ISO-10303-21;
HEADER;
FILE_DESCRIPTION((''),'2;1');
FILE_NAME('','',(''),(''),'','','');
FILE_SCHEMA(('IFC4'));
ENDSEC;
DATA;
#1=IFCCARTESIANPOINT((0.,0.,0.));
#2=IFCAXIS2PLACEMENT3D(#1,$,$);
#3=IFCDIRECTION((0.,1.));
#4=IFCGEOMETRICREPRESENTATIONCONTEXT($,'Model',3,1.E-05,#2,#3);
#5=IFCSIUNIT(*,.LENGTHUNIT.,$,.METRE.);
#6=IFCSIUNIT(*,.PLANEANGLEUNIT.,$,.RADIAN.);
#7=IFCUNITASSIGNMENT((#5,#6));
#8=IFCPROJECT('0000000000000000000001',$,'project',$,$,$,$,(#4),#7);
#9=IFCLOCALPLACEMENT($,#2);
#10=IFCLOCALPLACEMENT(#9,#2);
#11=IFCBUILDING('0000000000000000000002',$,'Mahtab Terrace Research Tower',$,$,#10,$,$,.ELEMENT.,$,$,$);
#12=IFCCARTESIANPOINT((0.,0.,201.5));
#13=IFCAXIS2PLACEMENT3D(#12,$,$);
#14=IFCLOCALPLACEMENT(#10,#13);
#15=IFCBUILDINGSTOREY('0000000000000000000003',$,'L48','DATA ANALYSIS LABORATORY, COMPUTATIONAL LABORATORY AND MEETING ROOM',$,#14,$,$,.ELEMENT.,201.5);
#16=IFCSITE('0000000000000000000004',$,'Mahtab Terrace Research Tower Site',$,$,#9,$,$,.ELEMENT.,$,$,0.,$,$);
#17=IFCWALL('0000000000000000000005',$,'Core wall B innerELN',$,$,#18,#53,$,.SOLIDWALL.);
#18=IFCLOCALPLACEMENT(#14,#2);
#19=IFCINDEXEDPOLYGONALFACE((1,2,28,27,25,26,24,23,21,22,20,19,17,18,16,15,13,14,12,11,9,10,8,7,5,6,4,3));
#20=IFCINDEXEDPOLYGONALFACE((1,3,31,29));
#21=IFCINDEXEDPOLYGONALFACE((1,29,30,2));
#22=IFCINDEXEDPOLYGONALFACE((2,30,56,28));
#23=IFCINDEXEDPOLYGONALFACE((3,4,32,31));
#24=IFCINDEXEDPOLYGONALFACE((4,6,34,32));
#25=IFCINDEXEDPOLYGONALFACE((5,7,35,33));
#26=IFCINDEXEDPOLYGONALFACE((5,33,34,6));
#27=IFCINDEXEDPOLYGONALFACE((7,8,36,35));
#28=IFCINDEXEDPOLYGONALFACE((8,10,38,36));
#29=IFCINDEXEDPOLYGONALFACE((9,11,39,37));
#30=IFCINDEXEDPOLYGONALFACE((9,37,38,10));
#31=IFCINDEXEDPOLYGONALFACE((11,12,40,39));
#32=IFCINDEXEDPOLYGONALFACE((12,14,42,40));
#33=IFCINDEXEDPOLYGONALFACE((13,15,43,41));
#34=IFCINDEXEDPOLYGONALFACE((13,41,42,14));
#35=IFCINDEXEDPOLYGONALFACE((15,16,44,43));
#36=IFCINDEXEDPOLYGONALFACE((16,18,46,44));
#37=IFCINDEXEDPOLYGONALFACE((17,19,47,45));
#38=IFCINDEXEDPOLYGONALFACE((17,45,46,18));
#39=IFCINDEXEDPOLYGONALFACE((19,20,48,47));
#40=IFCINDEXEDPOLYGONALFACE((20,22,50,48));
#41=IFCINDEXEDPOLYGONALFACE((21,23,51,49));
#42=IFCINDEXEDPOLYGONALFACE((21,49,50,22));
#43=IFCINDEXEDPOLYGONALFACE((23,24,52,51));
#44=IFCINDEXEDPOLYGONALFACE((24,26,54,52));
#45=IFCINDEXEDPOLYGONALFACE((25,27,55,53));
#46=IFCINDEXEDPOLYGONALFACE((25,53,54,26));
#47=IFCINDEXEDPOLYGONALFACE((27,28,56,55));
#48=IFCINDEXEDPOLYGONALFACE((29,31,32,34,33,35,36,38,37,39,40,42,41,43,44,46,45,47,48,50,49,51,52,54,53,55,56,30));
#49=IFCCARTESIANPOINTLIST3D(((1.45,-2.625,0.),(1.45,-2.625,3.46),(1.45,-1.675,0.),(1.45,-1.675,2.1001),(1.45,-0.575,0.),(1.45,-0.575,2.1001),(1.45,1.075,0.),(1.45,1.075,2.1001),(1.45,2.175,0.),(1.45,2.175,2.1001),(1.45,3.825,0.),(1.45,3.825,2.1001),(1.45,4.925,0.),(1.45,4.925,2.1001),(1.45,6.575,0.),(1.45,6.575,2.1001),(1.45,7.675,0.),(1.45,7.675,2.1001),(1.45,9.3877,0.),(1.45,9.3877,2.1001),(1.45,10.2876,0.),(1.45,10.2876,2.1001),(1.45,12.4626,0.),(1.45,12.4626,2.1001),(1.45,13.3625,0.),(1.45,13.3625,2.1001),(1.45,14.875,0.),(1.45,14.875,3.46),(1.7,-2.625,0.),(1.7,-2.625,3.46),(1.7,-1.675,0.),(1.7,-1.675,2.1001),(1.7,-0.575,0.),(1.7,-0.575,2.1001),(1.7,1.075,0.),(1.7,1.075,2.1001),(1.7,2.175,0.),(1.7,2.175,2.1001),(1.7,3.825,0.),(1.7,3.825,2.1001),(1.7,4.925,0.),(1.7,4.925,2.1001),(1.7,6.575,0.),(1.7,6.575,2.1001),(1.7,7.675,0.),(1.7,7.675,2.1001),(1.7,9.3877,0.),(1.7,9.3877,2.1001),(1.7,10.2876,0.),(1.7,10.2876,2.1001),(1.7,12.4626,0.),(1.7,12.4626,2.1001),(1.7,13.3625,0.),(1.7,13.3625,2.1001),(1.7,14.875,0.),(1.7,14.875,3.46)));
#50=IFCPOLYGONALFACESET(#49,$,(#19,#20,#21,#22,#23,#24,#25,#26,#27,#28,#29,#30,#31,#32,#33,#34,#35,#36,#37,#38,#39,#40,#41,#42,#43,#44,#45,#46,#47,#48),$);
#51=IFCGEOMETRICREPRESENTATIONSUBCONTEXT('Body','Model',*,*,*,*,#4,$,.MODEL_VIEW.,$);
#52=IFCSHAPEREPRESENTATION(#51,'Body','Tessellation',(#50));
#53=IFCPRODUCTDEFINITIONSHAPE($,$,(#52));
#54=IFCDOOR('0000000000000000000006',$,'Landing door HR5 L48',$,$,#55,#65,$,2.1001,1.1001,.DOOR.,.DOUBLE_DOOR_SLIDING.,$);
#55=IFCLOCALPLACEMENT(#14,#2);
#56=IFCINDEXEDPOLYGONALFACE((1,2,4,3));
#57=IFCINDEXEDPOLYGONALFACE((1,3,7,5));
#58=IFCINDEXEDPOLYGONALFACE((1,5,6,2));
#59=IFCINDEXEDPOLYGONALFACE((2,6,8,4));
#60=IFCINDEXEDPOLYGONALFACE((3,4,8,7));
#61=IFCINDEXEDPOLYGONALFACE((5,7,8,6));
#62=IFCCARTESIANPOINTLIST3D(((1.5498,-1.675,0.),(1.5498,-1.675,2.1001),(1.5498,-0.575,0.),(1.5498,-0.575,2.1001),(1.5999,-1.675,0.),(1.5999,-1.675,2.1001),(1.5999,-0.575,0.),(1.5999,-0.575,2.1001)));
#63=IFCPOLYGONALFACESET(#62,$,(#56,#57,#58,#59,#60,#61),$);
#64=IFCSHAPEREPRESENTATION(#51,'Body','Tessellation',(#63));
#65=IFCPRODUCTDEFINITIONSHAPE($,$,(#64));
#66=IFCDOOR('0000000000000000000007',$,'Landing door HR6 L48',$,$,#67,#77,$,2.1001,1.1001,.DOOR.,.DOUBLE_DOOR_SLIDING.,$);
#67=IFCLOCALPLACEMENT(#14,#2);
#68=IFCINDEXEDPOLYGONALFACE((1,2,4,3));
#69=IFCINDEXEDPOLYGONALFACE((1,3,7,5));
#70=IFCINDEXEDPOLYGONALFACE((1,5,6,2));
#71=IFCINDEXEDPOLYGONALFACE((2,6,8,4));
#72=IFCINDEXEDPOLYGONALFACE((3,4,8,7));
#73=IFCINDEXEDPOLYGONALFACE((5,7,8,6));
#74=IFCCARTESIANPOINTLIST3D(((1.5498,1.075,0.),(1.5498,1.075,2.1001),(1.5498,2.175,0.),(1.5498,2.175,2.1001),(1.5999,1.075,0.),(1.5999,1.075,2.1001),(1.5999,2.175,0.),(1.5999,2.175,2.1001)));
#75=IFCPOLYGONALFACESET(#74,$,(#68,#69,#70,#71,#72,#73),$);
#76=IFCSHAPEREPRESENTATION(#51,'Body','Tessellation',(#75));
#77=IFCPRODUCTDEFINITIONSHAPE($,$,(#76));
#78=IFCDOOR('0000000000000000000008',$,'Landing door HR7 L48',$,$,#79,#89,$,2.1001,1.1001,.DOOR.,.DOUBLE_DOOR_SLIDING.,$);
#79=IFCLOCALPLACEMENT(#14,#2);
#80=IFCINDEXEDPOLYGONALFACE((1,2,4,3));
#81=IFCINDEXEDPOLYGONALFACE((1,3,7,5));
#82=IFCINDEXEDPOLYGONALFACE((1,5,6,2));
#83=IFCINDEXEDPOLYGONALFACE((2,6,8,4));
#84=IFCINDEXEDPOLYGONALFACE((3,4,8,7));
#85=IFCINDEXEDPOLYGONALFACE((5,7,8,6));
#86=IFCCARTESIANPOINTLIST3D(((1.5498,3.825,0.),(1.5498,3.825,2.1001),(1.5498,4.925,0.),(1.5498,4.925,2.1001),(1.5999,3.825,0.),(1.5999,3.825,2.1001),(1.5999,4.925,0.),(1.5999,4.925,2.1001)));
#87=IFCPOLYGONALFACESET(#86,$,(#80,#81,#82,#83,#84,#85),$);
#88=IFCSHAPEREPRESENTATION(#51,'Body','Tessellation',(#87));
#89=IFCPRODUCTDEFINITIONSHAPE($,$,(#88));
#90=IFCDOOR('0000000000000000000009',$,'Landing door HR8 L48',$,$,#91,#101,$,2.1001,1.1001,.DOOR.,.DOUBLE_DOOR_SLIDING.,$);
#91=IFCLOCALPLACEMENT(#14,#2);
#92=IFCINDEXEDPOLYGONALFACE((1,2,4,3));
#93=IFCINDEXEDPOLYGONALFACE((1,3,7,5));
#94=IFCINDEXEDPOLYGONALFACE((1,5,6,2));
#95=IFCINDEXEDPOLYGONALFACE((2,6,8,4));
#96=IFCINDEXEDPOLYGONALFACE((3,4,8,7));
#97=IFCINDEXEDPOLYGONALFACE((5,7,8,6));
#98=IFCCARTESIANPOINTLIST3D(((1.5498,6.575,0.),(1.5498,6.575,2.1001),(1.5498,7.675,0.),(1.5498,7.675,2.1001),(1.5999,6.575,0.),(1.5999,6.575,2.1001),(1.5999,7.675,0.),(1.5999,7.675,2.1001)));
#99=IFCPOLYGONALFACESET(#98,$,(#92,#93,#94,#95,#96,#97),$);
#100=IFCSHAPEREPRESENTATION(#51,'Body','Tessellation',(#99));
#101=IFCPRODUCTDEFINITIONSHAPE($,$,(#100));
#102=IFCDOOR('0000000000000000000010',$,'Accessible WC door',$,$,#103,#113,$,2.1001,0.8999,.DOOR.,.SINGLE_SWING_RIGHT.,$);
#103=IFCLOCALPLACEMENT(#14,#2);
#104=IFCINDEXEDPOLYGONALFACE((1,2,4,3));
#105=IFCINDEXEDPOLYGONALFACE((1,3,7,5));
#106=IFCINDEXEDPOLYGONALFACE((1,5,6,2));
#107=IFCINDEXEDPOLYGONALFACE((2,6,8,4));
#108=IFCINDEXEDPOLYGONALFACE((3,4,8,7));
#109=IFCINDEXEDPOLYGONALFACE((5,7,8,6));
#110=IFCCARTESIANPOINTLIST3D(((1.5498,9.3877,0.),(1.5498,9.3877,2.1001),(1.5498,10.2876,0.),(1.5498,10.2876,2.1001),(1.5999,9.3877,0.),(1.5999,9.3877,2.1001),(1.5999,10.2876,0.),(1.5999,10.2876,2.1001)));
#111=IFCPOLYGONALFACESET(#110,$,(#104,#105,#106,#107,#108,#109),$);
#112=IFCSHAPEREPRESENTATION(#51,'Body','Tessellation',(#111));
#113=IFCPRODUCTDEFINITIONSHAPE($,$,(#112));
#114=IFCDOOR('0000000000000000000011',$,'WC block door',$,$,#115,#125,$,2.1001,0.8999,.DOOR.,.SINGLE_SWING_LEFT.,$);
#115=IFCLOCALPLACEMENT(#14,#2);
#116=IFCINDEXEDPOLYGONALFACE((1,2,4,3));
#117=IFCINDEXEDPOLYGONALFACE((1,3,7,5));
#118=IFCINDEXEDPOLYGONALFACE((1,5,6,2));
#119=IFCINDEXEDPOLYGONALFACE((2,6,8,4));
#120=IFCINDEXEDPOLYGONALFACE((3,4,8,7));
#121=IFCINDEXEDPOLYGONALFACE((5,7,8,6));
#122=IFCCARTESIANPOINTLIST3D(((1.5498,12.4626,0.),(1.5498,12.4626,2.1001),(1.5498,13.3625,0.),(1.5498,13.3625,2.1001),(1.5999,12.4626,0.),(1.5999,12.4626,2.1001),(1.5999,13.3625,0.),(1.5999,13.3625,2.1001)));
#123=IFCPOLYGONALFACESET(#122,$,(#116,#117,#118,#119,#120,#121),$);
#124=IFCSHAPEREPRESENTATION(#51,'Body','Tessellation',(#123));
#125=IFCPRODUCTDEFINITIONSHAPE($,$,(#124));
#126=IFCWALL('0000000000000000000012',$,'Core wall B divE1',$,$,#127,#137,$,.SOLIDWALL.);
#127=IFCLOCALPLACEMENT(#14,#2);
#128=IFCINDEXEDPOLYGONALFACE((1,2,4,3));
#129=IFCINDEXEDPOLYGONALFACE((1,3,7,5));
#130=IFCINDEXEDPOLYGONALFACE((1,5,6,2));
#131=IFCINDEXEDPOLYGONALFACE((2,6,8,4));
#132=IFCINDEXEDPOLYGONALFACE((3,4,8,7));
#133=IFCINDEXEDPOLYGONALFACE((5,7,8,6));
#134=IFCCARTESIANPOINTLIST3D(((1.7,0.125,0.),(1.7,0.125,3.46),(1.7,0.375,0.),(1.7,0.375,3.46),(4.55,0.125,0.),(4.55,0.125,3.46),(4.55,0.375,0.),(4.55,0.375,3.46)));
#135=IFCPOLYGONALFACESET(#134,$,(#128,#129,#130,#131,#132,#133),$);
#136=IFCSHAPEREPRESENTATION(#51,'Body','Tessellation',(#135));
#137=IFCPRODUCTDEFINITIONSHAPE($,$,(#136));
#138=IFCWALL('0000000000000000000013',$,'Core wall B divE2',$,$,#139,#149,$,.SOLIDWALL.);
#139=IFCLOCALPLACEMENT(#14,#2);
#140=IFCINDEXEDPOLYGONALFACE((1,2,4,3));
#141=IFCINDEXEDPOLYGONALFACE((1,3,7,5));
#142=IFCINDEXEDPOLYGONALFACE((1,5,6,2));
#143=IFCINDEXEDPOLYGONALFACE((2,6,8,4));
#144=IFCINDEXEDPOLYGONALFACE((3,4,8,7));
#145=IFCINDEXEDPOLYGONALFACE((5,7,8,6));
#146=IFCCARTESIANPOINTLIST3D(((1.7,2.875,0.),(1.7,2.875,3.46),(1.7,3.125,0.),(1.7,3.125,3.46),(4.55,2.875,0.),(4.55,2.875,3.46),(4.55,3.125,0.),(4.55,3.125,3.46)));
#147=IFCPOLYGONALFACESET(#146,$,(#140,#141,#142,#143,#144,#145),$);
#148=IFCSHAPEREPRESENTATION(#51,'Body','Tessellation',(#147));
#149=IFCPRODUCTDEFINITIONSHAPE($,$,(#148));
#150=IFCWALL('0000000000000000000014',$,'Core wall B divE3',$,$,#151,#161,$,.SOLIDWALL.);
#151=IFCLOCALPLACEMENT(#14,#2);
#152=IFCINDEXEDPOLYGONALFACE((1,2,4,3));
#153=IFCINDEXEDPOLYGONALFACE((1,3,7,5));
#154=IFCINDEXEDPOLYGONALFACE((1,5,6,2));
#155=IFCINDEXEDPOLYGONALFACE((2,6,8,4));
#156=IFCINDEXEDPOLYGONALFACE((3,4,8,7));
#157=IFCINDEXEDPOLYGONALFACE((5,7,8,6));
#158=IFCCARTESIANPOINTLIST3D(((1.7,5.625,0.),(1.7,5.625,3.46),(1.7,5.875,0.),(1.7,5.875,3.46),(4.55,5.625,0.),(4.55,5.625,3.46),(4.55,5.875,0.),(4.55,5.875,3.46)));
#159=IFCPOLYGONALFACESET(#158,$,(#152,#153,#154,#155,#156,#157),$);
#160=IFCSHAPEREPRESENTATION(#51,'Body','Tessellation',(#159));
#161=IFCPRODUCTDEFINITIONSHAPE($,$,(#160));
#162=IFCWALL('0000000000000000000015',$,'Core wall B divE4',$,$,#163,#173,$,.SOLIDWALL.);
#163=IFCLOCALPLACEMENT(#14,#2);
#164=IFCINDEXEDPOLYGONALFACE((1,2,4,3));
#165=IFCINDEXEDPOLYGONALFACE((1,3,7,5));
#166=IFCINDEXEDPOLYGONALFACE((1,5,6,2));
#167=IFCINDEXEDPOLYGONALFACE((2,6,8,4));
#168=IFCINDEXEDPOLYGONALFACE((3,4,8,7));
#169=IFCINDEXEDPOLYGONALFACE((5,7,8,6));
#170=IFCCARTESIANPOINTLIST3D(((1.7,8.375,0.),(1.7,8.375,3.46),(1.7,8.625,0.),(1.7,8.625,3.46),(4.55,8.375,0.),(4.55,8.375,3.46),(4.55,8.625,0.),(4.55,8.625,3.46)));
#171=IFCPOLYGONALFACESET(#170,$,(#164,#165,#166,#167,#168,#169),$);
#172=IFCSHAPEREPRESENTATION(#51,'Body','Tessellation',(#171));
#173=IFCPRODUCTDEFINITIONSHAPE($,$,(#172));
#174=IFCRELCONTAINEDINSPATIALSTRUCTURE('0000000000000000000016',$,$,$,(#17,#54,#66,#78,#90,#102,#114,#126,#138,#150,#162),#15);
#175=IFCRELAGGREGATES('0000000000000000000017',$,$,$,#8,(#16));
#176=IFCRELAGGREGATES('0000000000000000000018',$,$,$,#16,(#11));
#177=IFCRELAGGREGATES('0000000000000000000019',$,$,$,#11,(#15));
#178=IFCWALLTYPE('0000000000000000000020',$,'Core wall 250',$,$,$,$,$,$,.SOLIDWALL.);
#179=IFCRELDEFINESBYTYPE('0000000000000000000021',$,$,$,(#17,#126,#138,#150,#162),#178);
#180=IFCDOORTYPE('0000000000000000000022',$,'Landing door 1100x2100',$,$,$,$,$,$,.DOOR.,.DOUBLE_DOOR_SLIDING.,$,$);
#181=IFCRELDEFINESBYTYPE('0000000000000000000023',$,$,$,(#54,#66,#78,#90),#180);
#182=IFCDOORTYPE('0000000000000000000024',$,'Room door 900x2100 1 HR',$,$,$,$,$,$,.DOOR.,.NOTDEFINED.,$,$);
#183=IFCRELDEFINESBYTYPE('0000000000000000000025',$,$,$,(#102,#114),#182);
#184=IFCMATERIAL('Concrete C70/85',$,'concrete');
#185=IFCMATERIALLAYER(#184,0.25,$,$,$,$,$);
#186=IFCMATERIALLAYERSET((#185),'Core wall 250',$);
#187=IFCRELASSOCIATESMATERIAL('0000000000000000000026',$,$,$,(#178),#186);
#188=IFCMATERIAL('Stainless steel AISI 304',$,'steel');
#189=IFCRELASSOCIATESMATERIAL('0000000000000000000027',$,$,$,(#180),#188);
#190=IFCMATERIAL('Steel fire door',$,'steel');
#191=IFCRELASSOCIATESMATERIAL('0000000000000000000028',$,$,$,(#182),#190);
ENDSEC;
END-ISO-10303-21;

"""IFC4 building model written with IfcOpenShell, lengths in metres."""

from ifc_helpers import new_model, si_unit, direction, frame, frame_2d, origin, place, context, subcontext, project, spatial, rectangle, extrude, material, layer, layer_set, type_object, element, fill, save


model = new_model("IFC4")

# Units and contexts
model_context = context("Model", 3, precision=1e-05, world=origin(), true_north=direction((0.0, 1.0)))
body_context = subcontext(model_context, "Body", "Model", "MODEL_VIEW")
ifc_project = project(units=[si_unit("LENGTHUNIT", "METRE"), si_unit("PLANEANGLEUNIT", "RADIAN")], contexts=[model_context])

# Site, building, storey
site_placement = place(None, origin())
site = spatial("IfcSite", under=ifc_project, at=site_placement, Name="Mahtab Terrace Research Tower Site", CompositionType="ELEMENT", RefElevation=0.0)
building_placement = place(site_placement, origin())
building = spatial("IfcBuilding", under=site, at=building_placement, Name="Mahtab Terrace Research Tower", CompositionType="ELEMENT")
storey_placement = place(building_placement, frame((0.0, 0.0, 201.5)))
storey = spatial("IfcBuildingStorey", under=building, at=storey_placement, Name="L48", Description="DATA ANALYSIS LABORATORY, COMPUTATIONAL LABORATORY AND MEETING ROOM", CompositionType="ELEMENT", Elevation=201.5)

# Shared definitions
ifc_material_1 = material(Name="Concrete C70/85", Category="concrete")

# Wall, openings, doors
ifc_layer_1 = layer(ifc_material_1, 0.25)
ifc_layer_set_1 = layer_set([ifc_layer_1], Name="Core wall 250")
wall_type_1 = type_object("IfcWallType", Name="Core wall 250", PredefinedType="SOLIDWALL", material=ifc_layer_set_1)
wall_1_placement = place(storey_placement, frame((1.575, 14.875, 0.0), z_axis=(0.0, 0.0, 1.0), x_axis=(0.0, -1.0, 0.0)))
wall_1 = element("IfcWall", 1, at=wall_1_placement, inside=storey, type_object=wall_type_1, Name="Core wall B innerELN", PredefinedType="SOLIDWALL", context=body_context, shape_type="SweptSolid", body=[
    extrude(rectangle(XDim=17.5, YDim=0.25, at=frame_2d((8.75, 0.0))), origin(), (0.0, 0.0, 1.0), 3.46),
])
opening_1_placement = place(wall_1_placement, frame((15.45, 0.0, 0.0)))
opening_1 = element("IfcOpeningElement", 2, at=opening_1_placement, cuts=wall_1, PredefinedType="OPENING", context=body_context, shape_type="SweptSolid", body=[
    extrude(rectangle(XDim=1.1001, YDim=2.1001, at=frame_2d((0.55, 1.05))), frame((0.0, 0.135, 0.0), z_axis=(0.0, -1.0, 0.0), x_axis=(1.0, 0.0, 0.0)), (0.0, 0.0, 1.0), 0.27),
])
opening_2_placement = place(wall_1_placement, frame((12.7, 0.0, 0.0)))
opening_2 = element("IfcOpeningElement", 3, at=opening_2_placement, cuts=wall_1, PredefinedType="OPENING", context=body_context, shape_type="SweptSolid", body=[
    extrude(rectangle(XDim=1.1001, YDim=2.1001, at=frame_2d((0.55, 1.05))), frame((0.0, 0.135, 0.0), z_axis=(0.0, -1.0, 0.0), x_axis=(1.0, 0.0, 0.0)), (0.0, 0.0, 1.0), 0.27),
])
opening_3_placement = place(wall_1_placement, frame((9.95, 0.0, 0.0)))
opening_3 = element("IfcOpeningElement", 4, at=opening_3_placement, cuts=wall_1, PredefinedType="OPENING", context=body_context, shape_type="SweptSolid", body=[
    extrude(rectangle(XDim=1.1001, YDim=2.1001, at=frame_2d((0.55, 1.05))), frame((0.0, 0.135, 0.0), z_axis=(0.0, -1.0, 0.0), x_axis=(1.0, 0.0, 0.0)), (0.0, 0.0, 1.0), 0.27),
])
opening_4_placement = place(wall_1_placement, frame((7.2, 0.0, 0.0)))
opening_4 = element("IfcOpeningElement", 5, at=opening_4_placement, cuts=wall_1, PredefinedType="OPENING", context=body_context, shape_type="SweptSolid", body=[
    extrude(rectangle(XDim=1.1001, YDim=2.1001, at=frame_2d((0.55, 1.05))), frame((0.0, 0.135, 0.0), z_axis=(0.0, -1.0, 0.0), x_axis=(1.0, 0.0, 0.0)), (0.0, 0.0, 1.0), 0.27),
])
opening_5_placement = place(wall_1_placement, frame((4.5874, 0.0, 0.0)))
opening_5 = element("IfcOpeningElement", 6, at=opening_5_placement, cuts=wall_1, PredefinedType="OPENING", context=body_context, shape_type="SweptSolid", body=[
    extrude(rectangle(XDim=0.8999, YDim=2.1001, at=frame_2d((0.45, 1.05))), frame((0.0, 0.135, 0.0), z_axis=(0.0, -1.0, 0.0), x_axis=(1.0, 0.0, 0.0)), (0.0, 0.0, 1.0), 0.27),
])
opening_6_placement = place(wall_1_placement, frame((1.5125, 0.0, 0.0)))
opening_6 = element("IfcOpeningElement", 7, at=opening_6_placement, cuts=wall_1, PredefinedType="OPENING", context=body_context, shape_type="SweptSolid", body=[
    extrude(rectangle(XDim=0.8999, YDim=2.1001, at=frame_2d((0.45, 1.05))), frame((0.0, 0.135, 0.0), z_axis=(0.0, -1.0, 0.0), x_axis=(1.0, 0.0, 0.0)), (0.0, 0.0, 1.0), 0.27),
])
ifc_material_2 = material(Name="Stainless steel AISI 304", Category="steel")
door_type_1 = type_object("IfcDoorType", Name="Landing door 1100x2100", OperationType="DOUBLE_DOOR_SLIDING", PredefinedType="DOOR", material=ifc_material_2)
door_1_placement = place(opening_1_placement, origin())
door_1 = element("IfcDoor", 8, at=door_1_placement, inside=storey, type_object=door_type_1, Name="Landing door HR5 L48", OperationType="DOUBLE_DOOR_SLIDING", OverallHeight=2.1001, OverallWidth=1.1001, PredefinedType="DOOR", context=body_context, shape_type="SweptSolid", body=[
    extrude(rectangle(XDim=1.1001, YDim=2.1001, at=frame_2d((0.55, 1.05))), frame((0.0, 0.0249, 0.0), z_axis=(0.0, -1.0, 0.0), x_axis=(1.0, 0.0, 0.0)), (0.0, 0.0, 1.0), 0.05),
])
fill(opening_1, door_1)
door_2_placement = place(opening_2_placement, origin())
door_2 = element("IfcDoor", 9, at=door_2_placement, inside=storey, type_object=door_type_1, Name="Landing door HR6 L48", OperationType="DOUBLE_DOOR_SLIDING", OverallHeight=2.1001, OverallWidth=1.1001, PredefinedType="DOOR", context=body_context, shape_type="SweptSolid", body=[
    extrude(rectangle(XDim=1.1001, YDim=2.1001, at=frame_2d((0.55, 1.05))), frame((0.0, 0.0249, 0.0), z_axis=(0.0, -1.0, 0.0), x_axis=(1.0, 0.0, 0.0)), (0.0, 0.0, 1.0), 0.05),
])
fill(opening_2, door_2)
door_3_placement = place(opening_3_placement, origin())
door_3 = element("IfcDoor", 10, at=door_3_placement, inside=storey, type_object=door_type_1, Name="Landing door HR7 L48", OperationType="DOUBLE_DOOR_SLIDING", OverallHeight=2.1001, OverallWidth=1.1001, PredefinedType="DOOR", context=body_context, shape_type="SweptSolid", body=[
    extrude(rectangle(XDim=1.1001, YDim=2.1001, at=frame_2d((0.55, 1.05))), frame((0.0, 0.0249, 0.0), z_axis=(0.0, -1.0, 0.0), x_axis=(1.0, 0.0, 0.0)), (0.0, 0.0, 1.0), 0.05),
])
fill(opening_3, door_3)
door_4_placement = place(opening_4_placement, origin())
door_4 = element("IfcDoor", 11, at=door_4_placement, inside=storey, type_object=door_type_1, Name="Landing door HR8 L48", OperationType="DOUBLE_DOOR_SLIDING", OverallHeight=2.1001, OverallWidth=1.1001, PredefinedType="DOOR", context=body_context, shape_type="SweptSolid", body=[
    extrude(rectangle(XDim=1.1001, YDim=2.1001, at=frame_2d((0.55, 1.05))), frame((0.0, 0.0249, 0.0), z_axis=(0.0, -1.0, 0.0), x_axis=(1.0, 0.0, 0.0)), (0.0, 0.0, 1.0), 0.05),
])
fill(opening_4, door_4)
ifc_material_3 = material(Name="Steel fire door", Category="steel")
door_type_2 = type_object("IfcDoorType", Name="Room door 900x2100 1 HR", OperationType="NOTDEFINED", PredefinedType="DOOR", material=ifc_material_3)
door_5_placement = place(opening_5_placement, origin())
door_5 = element("IfcDoor", 12, at=door_5_placement, inside=storey, type_object=door_type_2, Name="Accessible WC door", OperationType="SINGLE_SWING_RIGHT", OverallHeight=2.1001, OverallWidth=0.8999, PredefinedType="DOOR", context=body_context, shape_type="SweptSolid", body=[
    extrude(rectangle(XDim=0.8999, YDim=2.1001, at=frame_2d((0.45, 1.05))), frame((0.0, 0.0249, 0.0), z_axis=(0.0, -1.0, 0.0), x_axis=(1.0, 0.0, 0.0)), (0.0, 0.0, 1.0), 0.05),
])
fill(opening_5, door_5)
door_6_placement = place(opening_6_placement, origin())
door_6 = element("IfcDoor", 13, at=door_6_placement, inside=storey, type_object=door_type_2, Name="WC block door", OperationType="SINGLE_SWING_LEFT", OverallHeight=2.1001, OverallWidth=0.8999, PredefinedType="DOOR", context=body_context, shape_type="SweptSolid", body=[
    extrude(rectangle(XDim=0.8999, YDim=2.1001, at=frame_2d((0.45, 1.05))), frame((0.0, 0.0249, 0.0), z_axis=(0.0, -1.0, 0.0), x_axis=(1.0, 0.0, 0.0)), (0.0, 0.0, 1.0), 0.05),
])
fill(opening_6, door_6)

# Walls
for number, where, z_axis, x_axis, name in (
    (14, (1.7, 0.25, 0.0), (0.0, 0.0, 1.0), (1.0, 0.0, 0.0), "Core wall B divE1"),
    (15, (1.7, 3.0, 0.0), (0.0, 0.0, 1.0), (1.0, 0.0, 0.0), "Core wall B divE2"),
    (16, (1.7, 5.75, 0.0), (0.0, 0.0, 1.0), (1.0, 0.0, 0.0), "Core wall B divE3"),
    (17, (1.7, 8.5, 0.0), (0.0, 0.0, 1.0), (1.0, 0.0, 0.0), "Core wall B divE4"),
):
    element("IfcWall", number, at=place(storey_placement, frame(where, z_axis=z_axis, x_axis=x_axis)), inside=storey, type_object=wall_type_1, Name=name, PredefinedType="SOLIDWALL", context=body_context, shape_type="SweptSolid", body=[
        extrude(rectangle(XDim=2.8501, YDim=0.25, at=frame_2d((1.425, 0.0))), origin(), (0.0, 0.0, 1.0), 3.46),
    ])

save(model, "model.ifc")
